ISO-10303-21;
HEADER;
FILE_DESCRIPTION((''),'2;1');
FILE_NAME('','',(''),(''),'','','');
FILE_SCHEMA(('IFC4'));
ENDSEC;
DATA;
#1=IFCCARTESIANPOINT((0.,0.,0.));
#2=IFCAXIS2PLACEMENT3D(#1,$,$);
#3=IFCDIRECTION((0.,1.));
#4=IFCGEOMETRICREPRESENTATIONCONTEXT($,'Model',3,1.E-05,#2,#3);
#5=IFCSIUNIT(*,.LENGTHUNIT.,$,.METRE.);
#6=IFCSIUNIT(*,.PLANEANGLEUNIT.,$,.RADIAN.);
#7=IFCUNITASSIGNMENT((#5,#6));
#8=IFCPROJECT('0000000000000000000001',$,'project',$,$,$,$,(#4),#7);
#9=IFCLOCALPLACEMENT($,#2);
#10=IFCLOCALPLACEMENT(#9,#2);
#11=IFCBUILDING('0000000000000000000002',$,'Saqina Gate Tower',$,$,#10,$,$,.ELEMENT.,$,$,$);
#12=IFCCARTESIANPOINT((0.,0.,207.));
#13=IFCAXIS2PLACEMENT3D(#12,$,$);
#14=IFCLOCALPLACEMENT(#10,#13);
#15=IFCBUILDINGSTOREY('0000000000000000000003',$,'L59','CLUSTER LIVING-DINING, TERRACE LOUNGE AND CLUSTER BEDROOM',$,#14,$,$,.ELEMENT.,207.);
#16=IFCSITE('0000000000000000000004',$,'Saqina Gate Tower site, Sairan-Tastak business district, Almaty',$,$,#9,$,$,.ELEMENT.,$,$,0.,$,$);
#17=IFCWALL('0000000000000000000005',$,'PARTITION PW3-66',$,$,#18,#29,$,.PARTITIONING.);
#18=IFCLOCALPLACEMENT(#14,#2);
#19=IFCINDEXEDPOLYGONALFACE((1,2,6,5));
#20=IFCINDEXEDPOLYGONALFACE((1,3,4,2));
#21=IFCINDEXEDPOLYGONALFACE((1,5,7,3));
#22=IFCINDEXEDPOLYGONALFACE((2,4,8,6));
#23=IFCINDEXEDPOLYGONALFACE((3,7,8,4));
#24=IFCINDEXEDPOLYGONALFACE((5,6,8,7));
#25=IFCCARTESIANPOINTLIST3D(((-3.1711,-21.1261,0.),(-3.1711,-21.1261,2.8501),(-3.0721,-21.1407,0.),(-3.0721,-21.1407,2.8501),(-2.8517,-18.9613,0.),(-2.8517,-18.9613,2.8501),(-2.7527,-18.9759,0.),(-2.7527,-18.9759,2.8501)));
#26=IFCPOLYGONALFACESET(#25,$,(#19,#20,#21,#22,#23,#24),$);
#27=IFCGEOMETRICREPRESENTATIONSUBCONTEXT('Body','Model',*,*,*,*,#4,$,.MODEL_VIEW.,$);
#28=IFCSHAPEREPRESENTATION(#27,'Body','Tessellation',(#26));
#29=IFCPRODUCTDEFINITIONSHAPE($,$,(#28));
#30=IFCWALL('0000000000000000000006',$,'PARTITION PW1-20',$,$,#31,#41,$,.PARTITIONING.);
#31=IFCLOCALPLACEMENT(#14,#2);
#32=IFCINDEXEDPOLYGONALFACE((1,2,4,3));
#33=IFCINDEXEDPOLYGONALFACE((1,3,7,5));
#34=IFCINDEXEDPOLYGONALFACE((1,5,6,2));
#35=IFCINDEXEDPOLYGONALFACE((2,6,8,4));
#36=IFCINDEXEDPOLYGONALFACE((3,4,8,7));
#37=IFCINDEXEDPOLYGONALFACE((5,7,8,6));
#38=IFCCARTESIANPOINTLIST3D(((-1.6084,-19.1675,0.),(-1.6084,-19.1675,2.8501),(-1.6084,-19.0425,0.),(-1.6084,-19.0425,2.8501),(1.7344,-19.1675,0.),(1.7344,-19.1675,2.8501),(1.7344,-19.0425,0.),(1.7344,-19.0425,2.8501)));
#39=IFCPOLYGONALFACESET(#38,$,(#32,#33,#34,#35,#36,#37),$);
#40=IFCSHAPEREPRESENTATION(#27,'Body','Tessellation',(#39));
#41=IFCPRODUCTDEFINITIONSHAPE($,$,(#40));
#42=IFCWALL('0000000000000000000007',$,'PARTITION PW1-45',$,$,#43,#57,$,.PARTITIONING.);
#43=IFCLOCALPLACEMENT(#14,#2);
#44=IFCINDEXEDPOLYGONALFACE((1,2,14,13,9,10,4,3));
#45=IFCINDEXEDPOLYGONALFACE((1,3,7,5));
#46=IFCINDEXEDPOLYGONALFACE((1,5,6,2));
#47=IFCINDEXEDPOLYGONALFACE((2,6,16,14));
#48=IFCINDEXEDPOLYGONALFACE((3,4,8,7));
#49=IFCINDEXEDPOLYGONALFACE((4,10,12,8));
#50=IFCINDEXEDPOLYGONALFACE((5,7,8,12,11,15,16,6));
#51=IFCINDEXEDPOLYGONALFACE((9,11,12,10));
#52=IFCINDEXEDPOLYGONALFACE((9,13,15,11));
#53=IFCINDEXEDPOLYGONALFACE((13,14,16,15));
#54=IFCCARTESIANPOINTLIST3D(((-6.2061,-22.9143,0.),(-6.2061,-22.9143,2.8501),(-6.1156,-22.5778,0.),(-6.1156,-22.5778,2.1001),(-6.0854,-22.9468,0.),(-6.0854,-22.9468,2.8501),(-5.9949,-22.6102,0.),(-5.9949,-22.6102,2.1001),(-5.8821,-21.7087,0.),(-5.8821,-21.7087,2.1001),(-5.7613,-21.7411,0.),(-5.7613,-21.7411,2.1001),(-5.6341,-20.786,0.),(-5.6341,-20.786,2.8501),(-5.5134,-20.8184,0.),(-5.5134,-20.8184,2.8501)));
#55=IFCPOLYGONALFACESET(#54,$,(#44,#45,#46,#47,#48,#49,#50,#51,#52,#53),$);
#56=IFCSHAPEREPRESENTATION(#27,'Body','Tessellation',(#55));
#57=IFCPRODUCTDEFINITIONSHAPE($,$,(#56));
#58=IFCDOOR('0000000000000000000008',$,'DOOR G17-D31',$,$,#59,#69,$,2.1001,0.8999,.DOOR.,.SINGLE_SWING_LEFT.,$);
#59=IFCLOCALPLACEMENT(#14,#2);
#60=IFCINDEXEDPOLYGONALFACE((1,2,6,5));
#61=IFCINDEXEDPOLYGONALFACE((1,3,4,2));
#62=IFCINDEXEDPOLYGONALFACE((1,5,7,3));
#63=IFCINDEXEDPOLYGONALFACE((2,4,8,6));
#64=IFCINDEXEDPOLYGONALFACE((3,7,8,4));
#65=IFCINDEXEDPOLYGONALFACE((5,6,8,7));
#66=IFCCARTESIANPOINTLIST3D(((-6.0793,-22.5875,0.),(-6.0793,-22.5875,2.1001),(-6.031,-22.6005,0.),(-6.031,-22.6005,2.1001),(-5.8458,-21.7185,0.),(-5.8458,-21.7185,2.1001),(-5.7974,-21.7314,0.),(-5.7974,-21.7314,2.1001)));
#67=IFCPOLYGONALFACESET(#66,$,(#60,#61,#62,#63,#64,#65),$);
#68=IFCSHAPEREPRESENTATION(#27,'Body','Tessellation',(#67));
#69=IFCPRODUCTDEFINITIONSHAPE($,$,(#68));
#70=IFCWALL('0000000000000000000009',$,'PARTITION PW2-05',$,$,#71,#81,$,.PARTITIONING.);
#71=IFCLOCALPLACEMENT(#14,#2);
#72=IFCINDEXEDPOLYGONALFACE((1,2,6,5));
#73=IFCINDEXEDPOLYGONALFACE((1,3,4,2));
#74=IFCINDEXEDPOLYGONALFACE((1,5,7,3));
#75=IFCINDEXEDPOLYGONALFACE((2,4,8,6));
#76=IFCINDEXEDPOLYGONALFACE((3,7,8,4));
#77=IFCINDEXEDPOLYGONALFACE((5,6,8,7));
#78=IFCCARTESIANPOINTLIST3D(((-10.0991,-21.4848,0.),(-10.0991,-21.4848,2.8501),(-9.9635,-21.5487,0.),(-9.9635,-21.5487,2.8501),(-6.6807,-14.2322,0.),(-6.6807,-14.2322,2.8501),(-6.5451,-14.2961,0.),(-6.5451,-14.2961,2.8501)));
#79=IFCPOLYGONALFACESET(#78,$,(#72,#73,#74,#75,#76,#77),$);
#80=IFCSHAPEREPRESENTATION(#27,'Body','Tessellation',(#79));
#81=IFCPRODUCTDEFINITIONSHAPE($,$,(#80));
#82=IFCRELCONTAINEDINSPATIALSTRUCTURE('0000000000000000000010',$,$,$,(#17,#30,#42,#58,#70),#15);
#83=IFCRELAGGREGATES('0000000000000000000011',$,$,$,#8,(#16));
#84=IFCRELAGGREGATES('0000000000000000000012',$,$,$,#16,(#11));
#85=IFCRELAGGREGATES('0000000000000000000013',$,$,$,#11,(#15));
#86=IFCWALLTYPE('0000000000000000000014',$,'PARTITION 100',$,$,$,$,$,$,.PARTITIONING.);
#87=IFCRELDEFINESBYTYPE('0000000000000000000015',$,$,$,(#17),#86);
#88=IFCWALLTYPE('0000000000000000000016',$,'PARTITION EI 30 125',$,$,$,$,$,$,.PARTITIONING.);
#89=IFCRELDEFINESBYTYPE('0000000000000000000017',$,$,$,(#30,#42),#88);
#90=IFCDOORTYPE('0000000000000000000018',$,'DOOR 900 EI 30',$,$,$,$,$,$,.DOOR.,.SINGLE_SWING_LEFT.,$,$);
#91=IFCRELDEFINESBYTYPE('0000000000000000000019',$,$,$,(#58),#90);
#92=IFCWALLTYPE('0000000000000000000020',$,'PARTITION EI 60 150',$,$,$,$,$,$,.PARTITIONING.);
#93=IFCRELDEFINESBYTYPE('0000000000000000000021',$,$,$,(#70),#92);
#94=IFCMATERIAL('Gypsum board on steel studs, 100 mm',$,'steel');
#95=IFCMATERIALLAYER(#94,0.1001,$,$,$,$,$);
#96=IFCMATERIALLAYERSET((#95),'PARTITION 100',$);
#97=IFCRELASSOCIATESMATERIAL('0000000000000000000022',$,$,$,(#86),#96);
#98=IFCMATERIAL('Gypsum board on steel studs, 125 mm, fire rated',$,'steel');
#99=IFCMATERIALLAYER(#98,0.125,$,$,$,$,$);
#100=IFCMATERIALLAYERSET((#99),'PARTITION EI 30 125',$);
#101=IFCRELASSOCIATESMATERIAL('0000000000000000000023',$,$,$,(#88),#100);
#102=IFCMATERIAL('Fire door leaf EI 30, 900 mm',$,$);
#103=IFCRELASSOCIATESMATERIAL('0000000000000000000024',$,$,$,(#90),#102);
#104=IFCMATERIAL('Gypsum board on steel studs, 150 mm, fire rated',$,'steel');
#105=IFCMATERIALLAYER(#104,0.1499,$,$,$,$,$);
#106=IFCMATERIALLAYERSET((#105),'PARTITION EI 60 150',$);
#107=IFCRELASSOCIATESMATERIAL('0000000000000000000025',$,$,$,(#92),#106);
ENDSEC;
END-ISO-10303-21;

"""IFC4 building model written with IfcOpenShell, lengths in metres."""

from ifc_helpers import new_model, si_unit, direction, frame, frame_2d, origin, place, context, subcontext, project, spatial, rectangle, extrude, material, layer, layer_set, type_object, element, fill, save


model = new_model("IFC4")

# Units and contexts
model_context = context("Model", 3, precision=1e-05, world=origin(), true_north=direction((0.0, 1.0)))
body_context = subcontext(model_context, "Body", "Model", "MODEL_VIEW")
ifc_project = project(units=[si_unit("LENGTHUNIT", "METRE"), si_unit("PLANEANGLEUNIT", "RADIAN")], contexts=[model_context])

# Site, building, storey
site_placement = place(None, origin())
site = spatial("IfcSite", under=ifc_project, at=site_placement, Name="Saqina Gate Tower site, Sairan-Tastak business district, Almaty", CompositionType="ELEMENT", RefElevation=0.0)
building_placement = place(site_placement, origin())
building = spatial("IfcBuilding", under=site, at=building_placement, Name="Saqina Gate Tower", CompositionType="ELEMENT")
storey_placement = place(building_placement, frame((0.0, 0.0, 207.0)))
storey = spatial("IfcBuildingStorey", under=building, at=storey_placement, Name="L59", Description="CLUSTER LIVING-DINING, TERRACE LOUNGE AND CLUSTER BEDROOM", CompositionType="ELEMENT", Elevation=207.0)

# Shared definitions
ifc_material_1 = material(Name="Gypsum board on steel studs, 100 mm", Category="steel")
ifc_layer_1 = layer(ifc_material_1, 0.1001)
ifc_layer_set_1 = layer_set([ifc_layer_1], Name="PARTITION 100")
wall_type_1 = type_object("IfcWallType", Name="PARTITION 100", PredefinedType="PARTITIONING", material=ifc_layer_set_1)

# Walls
wall_1_placement = place(storey_placement, frame((-3.1216, -21.1335, 0.0), z_axis=(0.0, 0.0, 1.0), x_axis=(0.145934, 0.989294, 0.0)))
element("IfcWall", 1, at=wall_1_placement, inside=storey, type_object=wall_type_1, Name="PARTITION PW3-66", PredefinedType="PARTITIONING", context=body_context, shape_type="SweptSolid", body=[
    extrude(rectangle(XDim=2.1882, YDim=0.1001, at=frame_2d((1.0942, 0.0))), origin(), (0.0, 0.0, 1.0), 2.8501),
])
ifc_material_2 = material(Name="Gypsum board on steel studs, 125 mm, fire rated", Category="steel")
ifc_layer_2 = layer(ifc_material_2, 0.125)
ifc_layer_set_2 = layer_set([ifc_layer_2], Name="PARTITION EI 30 125")
wall_type_2 = type_object("IfcWallType", Name="PARTITION EI 30 125", PredefinedType="PARTITIONING", material=ifc_layer_set_2)
wall_2_placement = place(storey_placement, frame((-1.6084, -19.105, 0.0), z_axis=(0.0, 0.0, 1.0), x_axis=(1.0, 0.0, 0.0)))
element("IfcWall", 2, at=wall_2_placement, inside=storey, type_object=wall_type_2, Name="PARTITION PW1-20", PredefinedType="PARTITIONING", context=body_context, shape_type="SweptSolid", body=[
    extrude(rectangle(XDim=3.3428, YDim=0.125, at=frame_2d((1.6714, 0.0))), origin(), (0.0, 0.0, 1.0), 2.8501),
])

# Wall, opening, door
wall_3_placement = place(storey_placement, frame((-6.1458, -22.9307, 0.0), z_axis=(0.0, 0.0, 1.0), x_axis=(0.259544, 0.965731, 0.0)))
wall_3 = element("IfcWall", 3, at=wall_3_placement, inside=storey, type_object=wall_type_2, Name="PARTITION PW1-45", PredefinedType="PARTITIONING", context=body_context, shape_type="SweptSolid", body=[
    extrude(rectangle(XDim=2.2039, YDim=0.125, at=frame_2d((1.1021, 0.0))), origin(), (0.0, 0.0, 1.0), 2.8501),
])
opening_1_placement = place(wall_3_placement, frame((0.3486, 0.0, 0.0)))
opening_1 = element("IfcOpeningElement", 4, at=opening_1_placement, cuts=wall_3, PredefinedType="OPENING", context=body_context, shape_type="SweptSolid", body=[
    extrude(rectangle(XDim=0.8999, YDim=2.1001, at=frame_2d((0.45, 1.05))), frame((0.0, 0.0745, 0.0), z_axis=(0.0, -1.0, 0.0), x_axis=(1.0, 0.0, 0.0)), (0.0, 0.0, 1.0), 0.1489),
])
ifc_material_3 = material(Name="Fire door leaf EI 30, 900 mm")
door_type_1 = type_object("IfcDoorType", Name="DOOR 900 EI 30", OperationType="SINGLE_SWING_LEFT", PredefinedType="DOOR", material=ifc_material_3)
door_1_placement = place(opening_1_placement, origin())
door_1 = element("IfcDoor", 5, at=door_1_placement, inside=storey, type_object=door_type_1, Name="DOOR G17-D31", OperationType="SINGLE_SWING_LEFT", OverallHeight=2.1001, OverallWidth=0.8999, PredefinedType="DOOR", context=body_context, shape_type="SweptSolid", body=[
    extrude(rectangle(XDim=0.8999, YDim=2.1001, at=frame_2d((0.45, 1.05))), frame((0.0, 0.0249, 0.0), z_axis=(0.0, -1.0, 0.0), x_axis=(1.0, 0.0, 0.0)), (0.0, 0.0, 1.0), 0.05),
])
fill(opening_1, door_1)

# Wall
ifc_material_4 = material(Name="Gypsum board on steel studs, 150 mm, fire rated", Category="steel")
ifc_layer_3 = layer(ifc_material_4, 0.1499)
ifc_layer_set_3 = layer_set([ifc_layer_3], Name="PARTITION EI 60 150")
wall_type_3 = type_object("IfcWallType", Name="PARTITION EI 60 150", PredefinedType="PARTITIONING", material=ifc_layer_set_3)
wall_4_placement = place(storey_placement, frame((-10.0312, -21.5166, 0.0), z_axis=(0.0, 0.0, 1.0), x_axis=(0.426351, 0.904558, 0.0)))
element("IfcWall", 6, at=wall_4_placement, inside=storey, type_object=wall_type_3, Name="PARTITION PW2-05", PredefinedType="PARTITIONING", context=body_context, shape_type="SweptSolid", body=[
    extrude(rectangle(XDim=8.0178, YDim=0.1499, at=frame_2d((4.0088, 0.0))), origin(), (0.0, 0.0, 1.0), 2.8501),
])

save(model, "model.ifc")
